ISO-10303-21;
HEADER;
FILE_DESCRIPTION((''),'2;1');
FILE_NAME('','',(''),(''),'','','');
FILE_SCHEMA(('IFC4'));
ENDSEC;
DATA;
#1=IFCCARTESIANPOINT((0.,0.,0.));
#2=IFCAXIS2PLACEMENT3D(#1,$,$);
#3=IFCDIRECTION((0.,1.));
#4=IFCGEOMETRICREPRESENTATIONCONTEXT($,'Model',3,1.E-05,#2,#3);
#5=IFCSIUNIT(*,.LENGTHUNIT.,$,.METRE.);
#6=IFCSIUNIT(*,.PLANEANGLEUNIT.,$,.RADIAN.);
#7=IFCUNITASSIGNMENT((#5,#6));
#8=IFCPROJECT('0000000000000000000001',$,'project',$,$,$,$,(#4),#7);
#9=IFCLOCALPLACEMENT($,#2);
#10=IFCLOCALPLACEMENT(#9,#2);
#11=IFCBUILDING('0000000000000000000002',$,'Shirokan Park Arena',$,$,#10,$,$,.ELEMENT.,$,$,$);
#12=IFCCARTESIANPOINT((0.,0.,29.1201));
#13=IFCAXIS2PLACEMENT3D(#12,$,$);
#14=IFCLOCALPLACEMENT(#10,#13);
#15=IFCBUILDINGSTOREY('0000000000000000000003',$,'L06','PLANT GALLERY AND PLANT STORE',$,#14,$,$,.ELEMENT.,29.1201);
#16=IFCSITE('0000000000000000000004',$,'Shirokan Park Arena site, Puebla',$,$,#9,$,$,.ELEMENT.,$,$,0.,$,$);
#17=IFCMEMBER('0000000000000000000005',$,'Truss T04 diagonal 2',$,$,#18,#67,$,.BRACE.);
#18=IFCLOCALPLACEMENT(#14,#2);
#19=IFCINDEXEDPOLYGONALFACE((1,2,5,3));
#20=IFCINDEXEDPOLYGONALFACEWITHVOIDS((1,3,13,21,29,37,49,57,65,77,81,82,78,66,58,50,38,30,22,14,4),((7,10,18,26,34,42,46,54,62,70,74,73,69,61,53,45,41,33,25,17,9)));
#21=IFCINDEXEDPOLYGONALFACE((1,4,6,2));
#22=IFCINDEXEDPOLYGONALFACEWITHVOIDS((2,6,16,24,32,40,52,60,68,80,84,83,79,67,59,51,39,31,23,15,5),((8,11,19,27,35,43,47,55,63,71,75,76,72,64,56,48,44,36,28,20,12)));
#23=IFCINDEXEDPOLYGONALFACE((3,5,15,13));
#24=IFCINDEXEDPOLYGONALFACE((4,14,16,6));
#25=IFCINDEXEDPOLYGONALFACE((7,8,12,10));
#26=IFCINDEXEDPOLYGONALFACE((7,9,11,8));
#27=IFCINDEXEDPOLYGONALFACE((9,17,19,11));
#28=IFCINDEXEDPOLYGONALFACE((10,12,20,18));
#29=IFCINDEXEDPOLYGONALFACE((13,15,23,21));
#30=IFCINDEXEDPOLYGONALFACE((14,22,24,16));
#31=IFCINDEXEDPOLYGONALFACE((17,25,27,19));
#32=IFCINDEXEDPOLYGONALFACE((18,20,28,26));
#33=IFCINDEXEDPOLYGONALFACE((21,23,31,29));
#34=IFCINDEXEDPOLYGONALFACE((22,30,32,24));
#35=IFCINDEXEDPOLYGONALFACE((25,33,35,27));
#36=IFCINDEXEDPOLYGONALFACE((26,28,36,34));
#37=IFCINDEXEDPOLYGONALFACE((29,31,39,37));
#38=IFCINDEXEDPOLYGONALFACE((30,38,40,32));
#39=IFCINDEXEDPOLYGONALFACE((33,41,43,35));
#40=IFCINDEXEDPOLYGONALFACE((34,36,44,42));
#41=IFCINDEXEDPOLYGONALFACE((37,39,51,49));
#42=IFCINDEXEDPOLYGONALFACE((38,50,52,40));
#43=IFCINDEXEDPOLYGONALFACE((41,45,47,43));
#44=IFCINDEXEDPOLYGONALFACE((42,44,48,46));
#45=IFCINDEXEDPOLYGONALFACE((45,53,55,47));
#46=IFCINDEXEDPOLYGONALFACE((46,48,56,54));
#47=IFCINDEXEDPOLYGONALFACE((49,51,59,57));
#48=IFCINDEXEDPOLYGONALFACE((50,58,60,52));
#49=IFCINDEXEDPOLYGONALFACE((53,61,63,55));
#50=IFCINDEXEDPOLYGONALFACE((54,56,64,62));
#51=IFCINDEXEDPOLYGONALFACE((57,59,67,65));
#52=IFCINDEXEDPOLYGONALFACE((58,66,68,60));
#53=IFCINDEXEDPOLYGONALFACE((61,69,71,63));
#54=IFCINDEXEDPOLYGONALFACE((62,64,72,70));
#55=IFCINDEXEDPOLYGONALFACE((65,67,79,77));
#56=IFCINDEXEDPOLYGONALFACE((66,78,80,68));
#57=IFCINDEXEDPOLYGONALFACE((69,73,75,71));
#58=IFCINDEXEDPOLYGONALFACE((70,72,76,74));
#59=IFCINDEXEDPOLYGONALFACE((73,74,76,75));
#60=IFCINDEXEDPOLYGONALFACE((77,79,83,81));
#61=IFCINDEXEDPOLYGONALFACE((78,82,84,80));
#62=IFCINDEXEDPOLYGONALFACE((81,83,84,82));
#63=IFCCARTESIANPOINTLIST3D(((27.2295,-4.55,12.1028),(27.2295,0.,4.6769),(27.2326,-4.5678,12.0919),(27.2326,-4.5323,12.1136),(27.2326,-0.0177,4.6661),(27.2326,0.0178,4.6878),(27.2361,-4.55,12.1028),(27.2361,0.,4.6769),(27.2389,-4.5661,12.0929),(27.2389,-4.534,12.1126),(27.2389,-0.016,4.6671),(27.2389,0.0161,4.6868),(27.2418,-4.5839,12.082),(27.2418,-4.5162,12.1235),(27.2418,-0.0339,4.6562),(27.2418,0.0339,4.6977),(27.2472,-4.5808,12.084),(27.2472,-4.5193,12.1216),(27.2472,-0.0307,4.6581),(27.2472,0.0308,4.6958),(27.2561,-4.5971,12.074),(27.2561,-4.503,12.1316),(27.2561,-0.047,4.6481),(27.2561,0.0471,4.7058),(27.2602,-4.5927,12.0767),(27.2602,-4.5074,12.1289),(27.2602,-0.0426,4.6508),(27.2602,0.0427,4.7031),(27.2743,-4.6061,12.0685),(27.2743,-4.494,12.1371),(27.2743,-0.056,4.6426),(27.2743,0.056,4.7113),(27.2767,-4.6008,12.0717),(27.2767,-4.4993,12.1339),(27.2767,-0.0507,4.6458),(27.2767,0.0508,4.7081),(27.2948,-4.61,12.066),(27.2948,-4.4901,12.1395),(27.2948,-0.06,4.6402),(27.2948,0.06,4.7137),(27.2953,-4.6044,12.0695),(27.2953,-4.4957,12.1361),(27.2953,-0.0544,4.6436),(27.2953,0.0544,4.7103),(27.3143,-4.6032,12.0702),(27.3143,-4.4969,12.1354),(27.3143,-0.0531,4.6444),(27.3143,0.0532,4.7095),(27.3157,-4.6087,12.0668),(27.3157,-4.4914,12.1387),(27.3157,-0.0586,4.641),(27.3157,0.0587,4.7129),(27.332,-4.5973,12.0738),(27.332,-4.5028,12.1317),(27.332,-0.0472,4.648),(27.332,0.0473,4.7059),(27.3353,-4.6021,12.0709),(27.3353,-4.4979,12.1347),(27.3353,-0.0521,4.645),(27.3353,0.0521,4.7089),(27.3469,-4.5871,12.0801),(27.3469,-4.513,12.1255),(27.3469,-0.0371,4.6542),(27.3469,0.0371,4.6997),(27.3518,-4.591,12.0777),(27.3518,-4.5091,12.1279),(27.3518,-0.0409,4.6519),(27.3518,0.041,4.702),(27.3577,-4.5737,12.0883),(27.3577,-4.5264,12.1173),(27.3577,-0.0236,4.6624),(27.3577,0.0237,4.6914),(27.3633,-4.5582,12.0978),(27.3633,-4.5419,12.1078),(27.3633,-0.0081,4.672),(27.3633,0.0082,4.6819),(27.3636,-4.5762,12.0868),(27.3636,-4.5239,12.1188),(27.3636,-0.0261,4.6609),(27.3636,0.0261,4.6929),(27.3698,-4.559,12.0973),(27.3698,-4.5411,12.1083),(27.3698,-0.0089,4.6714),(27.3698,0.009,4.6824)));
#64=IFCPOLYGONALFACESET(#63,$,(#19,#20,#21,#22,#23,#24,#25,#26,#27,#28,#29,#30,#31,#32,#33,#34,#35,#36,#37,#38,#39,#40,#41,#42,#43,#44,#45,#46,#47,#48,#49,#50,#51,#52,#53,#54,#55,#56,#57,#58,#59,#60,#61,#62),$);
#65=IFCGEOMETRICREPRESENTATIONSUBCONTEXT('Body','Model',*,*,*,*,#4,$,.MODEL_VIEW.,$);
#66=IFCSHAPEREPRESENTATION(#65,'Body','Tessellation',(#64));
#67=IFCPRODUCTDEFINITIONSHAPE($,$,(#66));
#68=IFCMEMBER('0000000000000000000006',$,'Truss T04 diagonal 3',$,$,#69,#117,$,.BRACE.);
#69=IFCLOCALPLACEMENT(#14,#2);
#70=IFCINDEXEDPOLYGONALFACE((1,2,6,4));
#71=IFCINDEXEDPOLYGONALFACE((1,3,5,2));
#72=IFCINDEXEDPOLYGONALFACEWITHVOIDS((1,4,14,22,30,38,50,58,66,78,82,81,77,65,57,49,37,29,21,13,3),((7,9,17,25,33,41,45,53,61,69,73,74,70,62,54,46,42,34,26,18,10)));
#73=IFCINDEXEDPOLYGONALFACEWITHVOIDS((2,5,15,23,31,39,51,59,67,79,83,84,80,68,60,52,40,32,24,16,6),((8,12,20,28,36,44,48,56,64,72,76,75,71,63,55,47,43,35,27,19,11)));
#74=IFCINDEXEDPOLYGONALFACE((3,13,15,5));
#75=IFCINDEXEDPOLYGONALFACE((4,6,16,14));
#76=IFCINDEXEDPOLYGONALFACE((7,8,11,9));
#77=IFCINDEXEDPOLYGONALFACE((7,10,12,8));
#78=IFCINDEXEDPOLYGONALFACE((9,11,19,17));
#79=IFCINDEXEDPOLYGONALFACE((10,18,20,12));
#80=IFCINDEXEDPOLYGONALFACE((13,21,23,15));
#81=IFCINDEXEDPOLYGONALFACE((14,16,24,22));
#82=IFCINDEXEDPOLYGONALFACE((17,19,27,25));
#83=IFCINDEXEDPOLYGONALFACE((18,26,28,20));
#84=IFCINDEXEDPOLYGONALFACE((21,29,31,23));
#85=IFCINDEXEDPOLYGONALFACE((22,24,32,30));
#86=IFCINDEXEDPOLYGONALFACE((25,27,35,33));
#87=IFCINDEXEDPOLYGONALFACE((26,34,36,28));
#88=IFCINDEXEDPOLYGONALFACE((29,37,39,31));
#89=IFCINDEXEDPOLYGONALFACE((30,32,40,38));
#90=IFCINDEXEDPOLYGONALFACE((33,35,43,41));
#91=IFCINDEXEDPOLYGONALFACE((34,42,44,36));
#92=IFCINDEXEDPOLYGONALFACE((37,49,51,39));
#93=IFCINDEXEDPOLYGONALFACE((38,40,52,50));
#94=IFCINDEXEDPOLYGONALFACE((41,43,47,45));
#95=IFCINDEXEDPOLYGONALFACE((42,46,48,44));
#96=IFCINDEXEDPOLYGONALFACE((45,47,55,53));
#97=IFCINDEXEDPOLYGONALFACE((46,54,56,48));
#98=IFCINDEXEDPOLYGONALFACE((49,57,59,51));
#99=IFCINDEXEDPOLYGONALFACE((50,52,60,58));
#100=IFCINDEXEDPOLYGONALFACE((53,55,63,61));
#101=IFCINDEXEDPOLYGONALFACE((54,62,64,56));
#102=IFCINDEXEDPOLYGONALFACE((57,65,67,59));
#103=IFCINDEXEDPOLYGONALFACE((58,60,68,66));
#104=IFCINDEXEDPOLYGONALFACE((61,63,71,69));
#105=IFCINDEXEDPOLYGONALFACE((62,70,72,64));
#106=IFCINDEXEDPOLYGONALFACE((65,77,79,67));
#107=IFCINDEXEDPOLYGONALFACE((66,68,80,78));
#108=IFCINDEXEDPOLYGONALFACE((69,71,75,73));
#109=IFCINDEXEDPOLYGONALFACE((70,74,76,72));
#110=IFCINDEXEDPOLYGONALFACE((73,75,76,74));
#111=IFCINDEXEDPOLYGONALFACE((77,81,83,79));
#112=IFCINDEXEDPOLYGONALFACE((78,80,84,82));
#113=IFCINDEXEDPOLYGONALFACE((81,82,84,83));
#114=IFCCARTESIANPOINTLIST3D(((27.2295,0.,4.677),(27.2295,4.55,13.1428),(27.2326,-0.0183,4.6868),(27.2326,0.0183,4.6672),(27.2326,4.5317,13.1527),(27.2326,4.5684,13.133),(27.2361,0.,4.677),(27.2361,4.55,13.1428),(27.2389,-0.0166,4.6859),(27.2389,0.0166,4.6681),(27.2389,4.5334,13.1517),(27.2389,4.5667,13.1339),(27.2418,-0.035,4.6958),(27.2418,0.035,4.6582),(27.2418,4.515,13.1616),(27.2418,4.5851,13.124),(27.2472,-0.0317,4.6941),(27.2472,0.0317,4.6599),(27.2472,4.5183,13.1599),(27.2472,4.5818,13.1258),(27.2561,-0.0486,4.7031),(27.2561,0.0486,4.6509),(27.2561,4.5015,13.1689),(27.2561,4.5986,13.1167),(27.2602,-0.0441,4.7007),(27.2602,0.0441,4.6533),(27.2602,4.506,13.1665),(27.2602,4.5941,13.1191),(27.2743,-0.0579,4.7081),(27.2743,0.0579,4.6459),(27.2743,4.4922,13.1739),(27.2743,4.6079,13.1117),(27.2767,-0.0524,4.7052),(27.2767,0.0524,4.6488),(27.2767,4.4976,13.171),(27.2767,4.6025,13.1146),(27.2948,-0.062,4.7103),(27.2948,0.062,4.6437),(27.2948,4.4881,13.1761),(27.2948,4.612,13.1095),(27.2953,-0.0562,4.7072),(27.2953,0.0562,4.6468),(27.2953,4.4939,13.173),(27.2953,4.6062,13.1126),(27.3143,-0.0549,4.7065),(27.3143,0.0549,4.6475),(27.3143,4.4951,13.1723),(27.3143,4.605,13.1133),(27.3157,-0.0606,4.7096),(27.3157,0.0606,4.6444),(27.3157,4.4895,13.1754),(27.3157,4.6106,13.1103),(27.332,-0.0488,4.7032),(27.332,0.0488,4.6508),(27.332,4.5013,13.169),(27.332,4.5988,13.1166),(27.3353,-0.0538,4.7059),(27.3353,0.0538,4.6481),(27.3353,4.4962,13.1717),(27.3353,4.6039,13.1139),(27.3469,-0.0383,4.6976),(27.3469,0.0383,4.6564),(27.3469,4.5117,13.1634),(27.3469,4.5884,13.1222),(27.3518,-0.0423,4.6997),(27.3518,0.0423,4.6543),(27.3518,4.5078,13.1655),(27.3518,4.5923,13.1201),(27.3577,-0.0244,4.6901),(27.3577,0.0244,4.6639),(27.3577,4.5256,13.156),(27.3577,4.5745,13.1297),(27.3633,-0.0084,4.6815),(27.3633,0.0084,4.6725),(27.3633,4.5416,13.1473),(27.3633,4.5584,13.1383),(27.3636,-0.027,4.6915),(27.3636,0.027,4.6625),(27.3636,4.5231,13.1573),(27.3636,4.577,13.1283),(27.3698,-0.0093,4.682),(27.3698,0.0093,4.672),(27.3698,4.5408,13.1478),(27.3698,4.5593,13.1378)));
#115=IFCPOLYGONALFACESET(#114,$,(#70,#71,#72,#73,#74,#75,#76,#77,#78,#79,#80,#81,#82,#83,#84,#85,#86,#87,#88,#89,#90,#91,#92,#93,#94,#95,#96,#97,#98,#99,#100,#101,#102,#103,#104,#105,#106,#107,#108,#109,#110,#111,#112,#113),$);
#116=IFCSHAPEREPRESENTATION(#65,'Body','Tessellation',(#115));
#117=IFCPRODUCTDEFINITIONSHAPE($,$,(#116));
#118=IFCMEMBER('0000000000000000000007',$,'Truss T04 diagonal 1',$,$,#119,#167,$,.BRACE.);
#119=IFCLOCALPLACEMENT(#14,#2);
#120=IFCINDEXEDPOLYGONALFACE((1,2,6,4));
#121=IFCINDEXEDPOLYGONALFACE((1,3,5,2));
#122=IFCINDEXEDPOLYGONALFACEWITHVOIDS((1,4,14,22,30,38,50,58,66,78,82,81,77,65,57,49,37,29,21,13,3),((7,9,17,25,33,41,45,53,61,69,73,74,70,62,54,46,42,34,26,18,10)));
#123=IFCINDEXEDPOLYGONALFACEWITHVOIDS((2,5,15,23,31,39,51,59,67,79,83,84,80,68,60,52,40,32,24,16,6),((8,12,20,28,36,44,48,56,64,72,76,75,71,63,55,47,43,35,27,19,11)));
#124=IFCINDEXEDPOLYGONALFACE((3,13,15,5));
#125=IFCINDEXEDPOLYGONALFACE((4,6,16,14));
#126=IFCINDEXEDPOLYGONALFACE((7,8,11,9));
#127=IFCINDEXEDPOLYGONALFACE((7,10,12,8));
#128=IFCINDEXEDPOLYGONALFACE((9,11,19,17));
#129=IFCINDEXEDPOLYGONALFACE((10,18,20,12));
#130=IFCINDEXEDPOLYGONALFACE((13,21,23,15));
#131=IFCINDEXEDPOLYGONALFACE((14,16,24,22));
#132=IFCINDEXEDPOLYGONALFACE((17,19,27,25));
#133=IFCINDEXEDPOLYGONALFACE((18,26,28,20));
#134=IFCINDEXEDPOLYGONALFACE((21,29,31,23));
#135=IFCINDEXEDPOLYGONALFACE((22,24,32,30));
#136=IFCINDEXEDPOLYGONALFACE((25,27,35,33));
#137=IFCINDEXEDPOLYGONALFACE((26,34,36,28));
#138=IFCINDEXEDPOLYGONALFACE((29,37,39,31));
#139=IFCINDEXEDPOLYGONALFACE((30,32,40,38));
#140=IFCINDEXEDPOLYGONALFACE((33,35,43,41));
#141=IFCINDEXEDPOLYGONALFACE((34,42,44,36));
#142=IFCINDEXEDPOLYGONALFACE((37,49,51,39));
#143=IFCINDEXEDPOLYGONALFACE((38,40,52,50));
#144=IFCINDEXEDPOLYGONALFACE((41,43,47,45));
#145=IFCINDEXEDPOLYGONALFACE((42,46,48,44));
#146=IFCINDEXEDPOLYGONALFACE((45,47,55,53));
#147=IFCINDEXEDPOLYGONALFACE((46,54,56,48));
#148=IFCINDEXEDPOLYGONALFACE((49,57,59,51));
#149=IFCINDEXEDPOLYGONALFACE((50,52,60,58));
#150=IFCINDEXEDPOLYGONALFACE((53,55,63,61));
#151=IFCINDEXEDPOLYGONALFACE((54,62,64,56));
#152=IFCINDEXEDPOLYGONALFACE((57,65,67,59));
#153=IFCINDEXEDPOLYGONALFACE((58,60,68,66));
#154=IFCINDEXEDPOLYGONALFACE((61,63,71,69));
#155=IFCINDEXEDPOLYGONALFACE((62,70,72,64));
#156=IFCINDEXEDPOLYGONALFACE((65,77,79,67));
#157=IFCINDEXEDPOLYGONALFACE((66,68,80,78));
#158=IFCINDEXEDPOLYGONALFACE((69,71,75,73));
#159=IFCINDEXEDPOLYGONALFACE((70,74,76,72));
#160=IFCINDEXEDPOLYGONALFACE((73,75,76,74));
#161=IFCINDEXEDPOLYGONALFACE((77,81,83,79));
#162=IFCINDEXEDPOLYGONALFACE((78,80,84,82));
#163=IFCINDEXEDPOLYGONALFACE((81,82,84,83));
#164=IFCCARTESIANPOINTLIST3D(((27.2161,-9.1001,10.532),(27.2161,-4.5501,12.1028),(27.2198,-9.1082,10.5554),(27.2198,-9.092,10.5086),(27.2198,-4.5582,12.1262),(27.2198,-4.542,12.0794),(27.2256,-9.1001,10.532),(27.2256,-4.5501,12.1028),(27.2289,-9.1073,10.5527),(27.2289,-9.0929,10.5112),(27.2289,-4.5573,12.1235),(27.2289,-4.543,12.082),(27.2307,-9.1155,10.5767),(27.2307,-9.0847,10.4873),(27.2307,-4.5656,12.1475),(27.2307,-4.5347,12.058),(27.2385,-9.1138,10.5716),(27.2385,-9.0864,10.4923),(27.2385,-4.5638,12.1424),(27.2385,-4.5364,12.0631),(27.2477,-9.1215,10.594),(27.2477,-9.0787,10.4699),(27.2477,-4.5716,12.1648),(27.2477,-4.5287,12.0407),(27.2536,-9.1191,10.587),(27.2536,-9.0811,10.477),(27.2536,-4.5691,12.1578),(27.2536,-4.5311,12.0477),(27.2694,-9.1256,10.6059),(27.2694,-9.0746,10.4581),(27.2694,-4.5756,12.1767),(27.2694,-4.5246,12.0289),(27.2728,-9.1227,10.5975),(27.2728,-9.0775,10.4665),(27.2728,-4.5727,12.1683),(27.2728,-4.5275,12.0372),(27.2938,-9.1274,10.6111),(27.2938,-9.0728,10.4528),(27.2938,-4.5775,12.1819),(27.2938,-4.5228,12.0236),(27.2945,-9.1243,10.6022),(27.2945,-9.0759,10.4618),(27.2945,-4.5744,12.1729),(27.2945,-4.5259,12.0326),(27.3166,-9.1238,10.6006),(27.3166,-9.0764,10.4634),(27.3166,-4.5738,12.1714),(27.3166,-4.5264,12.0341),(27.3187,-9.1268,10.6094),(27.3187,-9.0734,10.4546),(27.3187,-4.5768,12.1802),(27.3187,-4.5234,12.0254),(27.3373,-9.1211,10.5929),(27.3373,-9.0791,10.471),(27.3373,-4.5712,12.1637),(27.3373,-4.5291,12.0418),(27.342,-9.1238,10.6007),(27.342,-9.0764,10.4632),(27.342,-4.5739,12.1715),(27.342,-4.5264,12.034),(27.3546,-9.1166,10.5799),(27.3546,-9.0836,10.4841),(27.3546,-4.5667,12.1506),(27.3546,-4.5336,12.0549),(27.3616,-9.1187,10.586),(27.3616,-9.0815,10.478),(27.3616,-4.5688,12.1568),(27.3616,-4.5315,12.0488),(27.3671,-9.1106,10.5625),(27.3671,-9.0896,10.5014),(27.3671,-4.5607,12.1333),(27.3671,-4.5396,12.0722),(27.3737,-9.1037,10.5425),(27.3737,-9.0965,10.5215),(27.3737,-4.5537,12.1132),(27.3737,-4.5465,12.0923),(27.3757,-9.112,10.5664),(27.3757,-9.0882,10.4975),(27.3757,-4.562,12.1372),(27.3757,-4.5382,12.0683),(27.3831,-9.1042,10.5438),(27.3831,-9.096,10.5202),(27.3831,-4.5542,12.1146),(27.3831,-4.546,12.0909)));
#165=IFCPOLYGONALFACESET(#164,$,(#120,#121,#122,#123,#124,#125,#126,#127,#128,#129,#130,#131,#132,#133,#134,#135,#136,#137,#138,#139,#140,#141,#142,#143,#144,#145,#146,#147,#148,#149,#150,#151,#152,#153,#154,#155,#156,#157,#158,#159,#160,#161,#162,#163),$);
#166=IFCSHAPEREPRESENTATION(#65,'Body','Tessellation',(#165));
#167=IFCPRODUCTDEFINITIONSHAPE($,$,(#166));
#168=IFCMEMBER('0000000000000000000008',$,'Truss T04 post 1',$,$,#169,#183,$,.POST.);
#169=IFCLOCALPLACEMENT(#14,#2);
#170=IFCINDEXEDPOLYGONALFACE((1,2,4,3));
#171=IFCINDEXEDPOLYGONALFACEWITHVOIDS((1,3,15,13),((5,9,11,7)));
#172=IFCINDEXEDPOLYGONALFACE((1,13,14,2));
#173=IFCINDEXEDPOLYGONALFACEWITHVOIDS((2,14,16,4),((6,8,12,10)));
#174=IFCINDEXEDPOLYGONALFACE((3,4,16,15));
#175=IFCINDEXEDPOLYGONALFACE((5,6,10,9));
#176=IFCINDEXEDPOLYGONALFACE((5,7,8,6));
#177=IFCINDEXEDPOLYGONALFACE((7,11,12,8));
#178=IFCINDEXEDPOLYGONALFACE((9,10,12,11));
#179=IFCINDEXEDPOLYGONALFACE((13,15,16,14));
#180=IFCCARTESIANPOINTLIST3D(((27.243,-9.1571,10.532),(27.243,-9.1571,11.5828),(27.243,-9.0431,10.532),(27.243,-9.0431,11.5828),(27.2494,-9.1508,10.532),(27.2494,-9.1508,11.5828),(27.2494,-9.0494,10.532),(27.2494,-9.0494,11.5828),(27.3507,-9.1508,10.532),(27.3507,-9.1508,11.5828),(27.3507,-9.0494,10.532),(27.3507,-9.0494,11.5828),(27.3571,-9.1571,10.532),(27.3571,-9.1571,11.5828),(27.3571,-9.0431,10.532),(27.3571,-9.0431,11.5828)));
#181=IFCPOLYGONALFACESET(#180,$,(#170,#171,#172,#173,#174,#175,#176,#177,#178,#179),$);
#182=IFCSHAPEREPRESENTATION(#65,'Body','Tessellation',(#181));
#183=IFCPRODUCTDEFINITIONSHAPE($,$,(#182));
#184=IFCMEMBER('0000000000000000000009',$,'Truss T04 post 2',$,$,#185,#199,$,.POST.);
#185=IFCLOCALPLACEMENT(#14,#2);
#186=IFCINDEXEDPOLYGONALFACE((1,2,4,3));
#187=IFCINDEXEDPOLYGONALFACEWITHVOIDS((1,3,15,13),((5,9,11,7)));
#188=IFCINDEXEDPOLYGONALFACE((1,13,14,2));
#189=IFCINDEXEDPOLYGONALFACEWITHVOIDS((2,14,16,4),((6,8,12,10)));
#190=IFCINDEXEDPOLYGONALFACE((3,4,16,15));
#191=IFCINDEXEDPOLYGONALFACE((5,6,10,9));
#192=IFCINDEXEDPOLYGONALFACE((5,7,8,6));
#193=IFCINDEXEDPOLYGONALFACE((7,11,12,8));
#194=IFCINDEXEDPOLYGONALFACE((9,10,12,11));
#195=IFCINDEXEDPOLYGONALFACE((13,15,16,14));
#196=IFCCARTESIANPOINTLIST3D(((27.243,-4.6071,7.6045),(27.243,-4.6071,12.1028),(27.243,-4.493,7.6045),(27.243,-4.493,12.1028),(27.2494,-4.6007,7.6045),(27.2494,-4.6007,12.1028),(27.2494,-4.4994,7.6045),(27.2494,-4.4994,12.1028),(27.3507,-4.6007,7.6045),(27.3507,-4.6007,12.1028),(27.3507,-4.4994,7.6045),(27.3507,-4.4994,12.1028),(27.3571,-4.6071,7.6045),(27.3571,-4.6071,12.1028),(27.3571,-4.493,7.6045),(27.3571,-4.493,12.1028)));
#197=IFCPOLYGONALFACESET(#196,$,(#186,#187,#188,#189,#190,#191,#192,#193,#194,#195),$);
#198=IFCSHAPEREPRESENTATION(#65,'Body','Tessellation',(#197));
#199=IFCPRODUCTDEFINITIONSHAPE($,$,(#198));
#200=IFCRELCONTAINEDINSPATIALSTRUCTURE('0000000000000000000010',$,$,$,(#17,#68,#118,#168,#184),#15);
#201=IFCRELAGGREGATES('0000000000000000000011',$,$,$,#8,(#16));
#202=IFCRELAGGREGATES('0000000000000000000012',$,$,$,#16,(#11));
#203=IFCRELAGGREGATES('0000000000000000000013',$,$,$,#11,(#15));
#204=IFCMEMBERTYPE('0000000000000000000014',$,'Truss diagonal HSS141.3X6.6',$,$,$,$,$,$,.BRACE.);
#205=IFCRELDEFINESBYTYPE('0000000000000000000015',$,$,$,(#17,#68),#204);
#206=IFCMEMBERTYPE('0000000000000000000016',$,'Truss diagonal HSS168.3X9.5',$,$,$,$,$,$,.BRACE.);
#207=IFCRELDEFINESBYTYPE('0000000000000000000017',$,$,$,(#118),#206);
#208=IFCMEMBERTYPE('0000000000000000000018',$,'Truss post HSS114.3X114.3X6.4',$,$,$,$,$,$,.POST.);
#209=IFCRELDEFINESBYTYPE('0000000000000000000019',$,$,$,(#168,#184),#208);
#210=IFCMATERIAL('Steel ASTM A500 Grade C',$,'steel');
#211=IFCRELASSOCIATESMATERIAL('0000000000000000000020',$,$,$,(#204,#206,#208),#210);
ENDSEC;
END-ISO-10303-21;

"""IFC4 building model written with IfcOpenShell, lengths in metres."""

from ifc_helpers import new_model, si_unit, direction, frame, origin, origin_2d, place, context, subcontext, project, spatial, hollow_rectangle, hollow_circle, extrude, material, material_profile, profile_set, type_object, element, save


model = new_model("IFC4")

# Units and contexts
model_context = context("Model", 3, precision=1e-05, world=origin(), true_north=direction((0.0, 1.0)))
body_context = subcontext(model_context, "Body", "Model", "MODEL_VIEW")
ifc_project = project(units=[si_unit("LENGTHUNIT", "METRE"), si_unit("PLANEANGLEUNIT", "RADIAN")], contexts=[model_context])

# Site, building, storey
site_placement = place(None, origin())
site = spatial("IfcSite", under=ifc_project, at=site_placement, Name="Shirokan Park Arena site, Puebla", CompositionType="ELEMENT", RefElevation=0.0)
building_placement = place(site_placement, origin())
building = spatial("IfcBuilding", under=site, at=building_placement, Name="Shirokan Park Arena", CompositionType="ELEMENT")
storey_placement = place(building_placement, frame((0.0, 0.0, 29.1201)))
storey = spatial("IfcBuildingStorey", under=building, at=storey_placement, Name="L06", Description="PLANT GALLERY AND PLANT STORE", CompositionType="ELEMENT", Elevation=29.1201)

# Shared definitions
ifc_material_1 = material(Name="Steel ASTM A500 Grade C", Category="steel")

# Members
ifc_material_profile_1 = material_profile(ifc_material_1, hollow_circle(Radius=0.0706, WallThickness=0.0066, at=origin_2d()), Name="HSS141.3X6.6")
ifc_profile_set_1 = profile_set([ifc_material_profile_1], Name="Steel ASTM A500 Grade C")
member_type_1 = type_object("IfcMemberType", Name="Truss diagonal HSS141.3X6.6", PredefinedType="BRACE", material=ifc_profile_set_1)
member_1_placement = place(storey_placement, frame((27.3, -4.55, 12.1028), z_axis=(0.0, 0.522459, -0.852665), x_axis=(-1.0, 0.0, 0.0)))
element("IfcMember", 1, at=member_1_placement, inside=storey, type_object=member_type_1, Name="Truss T04 diagonal 2", PredefinedType="BRACE", context=body_context, shape_type="SweptSolid", body=[
    extrude(hollow_circle(Radius=0.0706, WallThickness=0.0066, at=origin_2d()), origin(), (0.0, 0.0, 1.0), 8.709),
])
member_2_placement = place(storey_placement, frame((27.3, 0.0, 4.677), z_axis=(0.0, 0.473417, 0.880839), x_axis=(-1.0, 0.0, 0.0)))
element("IfcMember", 2, at=member_2_placement, inside=storey, type_object=member_type_1, Name="Truss T04 diagonal 3", PredefinedType="BRACE", context=body_context, shape_type="SweptSolid", body=[
    extrude(hollow_circle(Radius=0.0706, WallThickness=0.0066, at=origin_2d()), origin(), (0.0, 0.0, 1.0), 9.6111),
])
ifc_material_profile_2 = material_profile(ifc_material_1, hollow_circle(Radius=0.084, WallThickness=0.0095, at=origin_2d()), Name="HSS168.3X9.5")
ifc_profile_set_2 = profile_set([ifc_material_profile_2], Name="Steel ASTM A500 Grade C")
member_type_2 = type_object("IfcMemberType", Name="Truss diagonal HSS168.3X9.5", PredefinedType="BRACE", material=ifc_profile_set_2)
member_3_placement = place(storey_placement, frame((27.3, -9.1001, 10.532), z_axis=(0.0, 0.945256, 0.326328), x_axis=(-1.0, 0.0, 0.0)))
element("IfcMember", 3, at=member_3_placement, inside=storey, type_object=member_type_2, Name="Truss T04 diagonal 1", PredefinedType="BRACE", context=body_context, shape_type="SweptSolid", body=[
    extrude(hollow_circle(Radius=0.084, WallThickness=0.0095, at=origin_2d()), origin(), (0.0, 0.0, 1.0), 4.8135),
])
ifc_material_profile_3 = material_profile(ifc_material_1, hollow_rectangle(XDim=0.114, YDim=0.114, WallThickness=0.0063, at=origin_2d()), Name="HSS114.3X114.3X6.4")
ifc_profile_set_3 = profile_set([ifc_material_profile_3], Name="Steel ASTM A500 Grade C")
member_type_3 = type_object("IfcMemberType", Name="Truss post HSS114.3X114.3X6.4", PredefinedType="POST", material=ifc_profile_set_3)
member_4_placement = place(storey_placement, frame((27.3, -9.1001, 10.532), z_axis=(0.0, 0.0, 1.0), x_axis=(1.0, 0.0, 0.0)))
element("IfcMember", 4, at=member_4_placement, inside=storey, type_object=member_type_3, Name="Truss T04 post 1", PredefinedType="POST", context=body_context, shape_type="SweptSolid", body=[
    extrude(hollow_rectangle(XDim=0.114, YDim=0.114, WallThickness=0.0063, at=origin_2d()), origin(), (0.0, 0.0, 1.0), 1.0508),
])
member_5_placement = place(storey_placement, frame((27.3, -4.55, 7.6045), z_axis=(0.0, 0.0, 1.0), x_axis=(1.0, 0.0, 0.0)))
element("IfcMember", 5, at=member_5_placement, inside=storey, type_object=member_type_3, Name="Truss T04 post 2", PredefinedType="POST", context=body_context, shape_type="SweptSolid", body=[
    extrude(hollow_rectangle(XDim=0.114, YDim=0.114, WallThickness=0.0063, at=origin_2d()), origin(), (0.0, 0.0, 1.0), 4.4983),
])

save(model, "model.ifc")
